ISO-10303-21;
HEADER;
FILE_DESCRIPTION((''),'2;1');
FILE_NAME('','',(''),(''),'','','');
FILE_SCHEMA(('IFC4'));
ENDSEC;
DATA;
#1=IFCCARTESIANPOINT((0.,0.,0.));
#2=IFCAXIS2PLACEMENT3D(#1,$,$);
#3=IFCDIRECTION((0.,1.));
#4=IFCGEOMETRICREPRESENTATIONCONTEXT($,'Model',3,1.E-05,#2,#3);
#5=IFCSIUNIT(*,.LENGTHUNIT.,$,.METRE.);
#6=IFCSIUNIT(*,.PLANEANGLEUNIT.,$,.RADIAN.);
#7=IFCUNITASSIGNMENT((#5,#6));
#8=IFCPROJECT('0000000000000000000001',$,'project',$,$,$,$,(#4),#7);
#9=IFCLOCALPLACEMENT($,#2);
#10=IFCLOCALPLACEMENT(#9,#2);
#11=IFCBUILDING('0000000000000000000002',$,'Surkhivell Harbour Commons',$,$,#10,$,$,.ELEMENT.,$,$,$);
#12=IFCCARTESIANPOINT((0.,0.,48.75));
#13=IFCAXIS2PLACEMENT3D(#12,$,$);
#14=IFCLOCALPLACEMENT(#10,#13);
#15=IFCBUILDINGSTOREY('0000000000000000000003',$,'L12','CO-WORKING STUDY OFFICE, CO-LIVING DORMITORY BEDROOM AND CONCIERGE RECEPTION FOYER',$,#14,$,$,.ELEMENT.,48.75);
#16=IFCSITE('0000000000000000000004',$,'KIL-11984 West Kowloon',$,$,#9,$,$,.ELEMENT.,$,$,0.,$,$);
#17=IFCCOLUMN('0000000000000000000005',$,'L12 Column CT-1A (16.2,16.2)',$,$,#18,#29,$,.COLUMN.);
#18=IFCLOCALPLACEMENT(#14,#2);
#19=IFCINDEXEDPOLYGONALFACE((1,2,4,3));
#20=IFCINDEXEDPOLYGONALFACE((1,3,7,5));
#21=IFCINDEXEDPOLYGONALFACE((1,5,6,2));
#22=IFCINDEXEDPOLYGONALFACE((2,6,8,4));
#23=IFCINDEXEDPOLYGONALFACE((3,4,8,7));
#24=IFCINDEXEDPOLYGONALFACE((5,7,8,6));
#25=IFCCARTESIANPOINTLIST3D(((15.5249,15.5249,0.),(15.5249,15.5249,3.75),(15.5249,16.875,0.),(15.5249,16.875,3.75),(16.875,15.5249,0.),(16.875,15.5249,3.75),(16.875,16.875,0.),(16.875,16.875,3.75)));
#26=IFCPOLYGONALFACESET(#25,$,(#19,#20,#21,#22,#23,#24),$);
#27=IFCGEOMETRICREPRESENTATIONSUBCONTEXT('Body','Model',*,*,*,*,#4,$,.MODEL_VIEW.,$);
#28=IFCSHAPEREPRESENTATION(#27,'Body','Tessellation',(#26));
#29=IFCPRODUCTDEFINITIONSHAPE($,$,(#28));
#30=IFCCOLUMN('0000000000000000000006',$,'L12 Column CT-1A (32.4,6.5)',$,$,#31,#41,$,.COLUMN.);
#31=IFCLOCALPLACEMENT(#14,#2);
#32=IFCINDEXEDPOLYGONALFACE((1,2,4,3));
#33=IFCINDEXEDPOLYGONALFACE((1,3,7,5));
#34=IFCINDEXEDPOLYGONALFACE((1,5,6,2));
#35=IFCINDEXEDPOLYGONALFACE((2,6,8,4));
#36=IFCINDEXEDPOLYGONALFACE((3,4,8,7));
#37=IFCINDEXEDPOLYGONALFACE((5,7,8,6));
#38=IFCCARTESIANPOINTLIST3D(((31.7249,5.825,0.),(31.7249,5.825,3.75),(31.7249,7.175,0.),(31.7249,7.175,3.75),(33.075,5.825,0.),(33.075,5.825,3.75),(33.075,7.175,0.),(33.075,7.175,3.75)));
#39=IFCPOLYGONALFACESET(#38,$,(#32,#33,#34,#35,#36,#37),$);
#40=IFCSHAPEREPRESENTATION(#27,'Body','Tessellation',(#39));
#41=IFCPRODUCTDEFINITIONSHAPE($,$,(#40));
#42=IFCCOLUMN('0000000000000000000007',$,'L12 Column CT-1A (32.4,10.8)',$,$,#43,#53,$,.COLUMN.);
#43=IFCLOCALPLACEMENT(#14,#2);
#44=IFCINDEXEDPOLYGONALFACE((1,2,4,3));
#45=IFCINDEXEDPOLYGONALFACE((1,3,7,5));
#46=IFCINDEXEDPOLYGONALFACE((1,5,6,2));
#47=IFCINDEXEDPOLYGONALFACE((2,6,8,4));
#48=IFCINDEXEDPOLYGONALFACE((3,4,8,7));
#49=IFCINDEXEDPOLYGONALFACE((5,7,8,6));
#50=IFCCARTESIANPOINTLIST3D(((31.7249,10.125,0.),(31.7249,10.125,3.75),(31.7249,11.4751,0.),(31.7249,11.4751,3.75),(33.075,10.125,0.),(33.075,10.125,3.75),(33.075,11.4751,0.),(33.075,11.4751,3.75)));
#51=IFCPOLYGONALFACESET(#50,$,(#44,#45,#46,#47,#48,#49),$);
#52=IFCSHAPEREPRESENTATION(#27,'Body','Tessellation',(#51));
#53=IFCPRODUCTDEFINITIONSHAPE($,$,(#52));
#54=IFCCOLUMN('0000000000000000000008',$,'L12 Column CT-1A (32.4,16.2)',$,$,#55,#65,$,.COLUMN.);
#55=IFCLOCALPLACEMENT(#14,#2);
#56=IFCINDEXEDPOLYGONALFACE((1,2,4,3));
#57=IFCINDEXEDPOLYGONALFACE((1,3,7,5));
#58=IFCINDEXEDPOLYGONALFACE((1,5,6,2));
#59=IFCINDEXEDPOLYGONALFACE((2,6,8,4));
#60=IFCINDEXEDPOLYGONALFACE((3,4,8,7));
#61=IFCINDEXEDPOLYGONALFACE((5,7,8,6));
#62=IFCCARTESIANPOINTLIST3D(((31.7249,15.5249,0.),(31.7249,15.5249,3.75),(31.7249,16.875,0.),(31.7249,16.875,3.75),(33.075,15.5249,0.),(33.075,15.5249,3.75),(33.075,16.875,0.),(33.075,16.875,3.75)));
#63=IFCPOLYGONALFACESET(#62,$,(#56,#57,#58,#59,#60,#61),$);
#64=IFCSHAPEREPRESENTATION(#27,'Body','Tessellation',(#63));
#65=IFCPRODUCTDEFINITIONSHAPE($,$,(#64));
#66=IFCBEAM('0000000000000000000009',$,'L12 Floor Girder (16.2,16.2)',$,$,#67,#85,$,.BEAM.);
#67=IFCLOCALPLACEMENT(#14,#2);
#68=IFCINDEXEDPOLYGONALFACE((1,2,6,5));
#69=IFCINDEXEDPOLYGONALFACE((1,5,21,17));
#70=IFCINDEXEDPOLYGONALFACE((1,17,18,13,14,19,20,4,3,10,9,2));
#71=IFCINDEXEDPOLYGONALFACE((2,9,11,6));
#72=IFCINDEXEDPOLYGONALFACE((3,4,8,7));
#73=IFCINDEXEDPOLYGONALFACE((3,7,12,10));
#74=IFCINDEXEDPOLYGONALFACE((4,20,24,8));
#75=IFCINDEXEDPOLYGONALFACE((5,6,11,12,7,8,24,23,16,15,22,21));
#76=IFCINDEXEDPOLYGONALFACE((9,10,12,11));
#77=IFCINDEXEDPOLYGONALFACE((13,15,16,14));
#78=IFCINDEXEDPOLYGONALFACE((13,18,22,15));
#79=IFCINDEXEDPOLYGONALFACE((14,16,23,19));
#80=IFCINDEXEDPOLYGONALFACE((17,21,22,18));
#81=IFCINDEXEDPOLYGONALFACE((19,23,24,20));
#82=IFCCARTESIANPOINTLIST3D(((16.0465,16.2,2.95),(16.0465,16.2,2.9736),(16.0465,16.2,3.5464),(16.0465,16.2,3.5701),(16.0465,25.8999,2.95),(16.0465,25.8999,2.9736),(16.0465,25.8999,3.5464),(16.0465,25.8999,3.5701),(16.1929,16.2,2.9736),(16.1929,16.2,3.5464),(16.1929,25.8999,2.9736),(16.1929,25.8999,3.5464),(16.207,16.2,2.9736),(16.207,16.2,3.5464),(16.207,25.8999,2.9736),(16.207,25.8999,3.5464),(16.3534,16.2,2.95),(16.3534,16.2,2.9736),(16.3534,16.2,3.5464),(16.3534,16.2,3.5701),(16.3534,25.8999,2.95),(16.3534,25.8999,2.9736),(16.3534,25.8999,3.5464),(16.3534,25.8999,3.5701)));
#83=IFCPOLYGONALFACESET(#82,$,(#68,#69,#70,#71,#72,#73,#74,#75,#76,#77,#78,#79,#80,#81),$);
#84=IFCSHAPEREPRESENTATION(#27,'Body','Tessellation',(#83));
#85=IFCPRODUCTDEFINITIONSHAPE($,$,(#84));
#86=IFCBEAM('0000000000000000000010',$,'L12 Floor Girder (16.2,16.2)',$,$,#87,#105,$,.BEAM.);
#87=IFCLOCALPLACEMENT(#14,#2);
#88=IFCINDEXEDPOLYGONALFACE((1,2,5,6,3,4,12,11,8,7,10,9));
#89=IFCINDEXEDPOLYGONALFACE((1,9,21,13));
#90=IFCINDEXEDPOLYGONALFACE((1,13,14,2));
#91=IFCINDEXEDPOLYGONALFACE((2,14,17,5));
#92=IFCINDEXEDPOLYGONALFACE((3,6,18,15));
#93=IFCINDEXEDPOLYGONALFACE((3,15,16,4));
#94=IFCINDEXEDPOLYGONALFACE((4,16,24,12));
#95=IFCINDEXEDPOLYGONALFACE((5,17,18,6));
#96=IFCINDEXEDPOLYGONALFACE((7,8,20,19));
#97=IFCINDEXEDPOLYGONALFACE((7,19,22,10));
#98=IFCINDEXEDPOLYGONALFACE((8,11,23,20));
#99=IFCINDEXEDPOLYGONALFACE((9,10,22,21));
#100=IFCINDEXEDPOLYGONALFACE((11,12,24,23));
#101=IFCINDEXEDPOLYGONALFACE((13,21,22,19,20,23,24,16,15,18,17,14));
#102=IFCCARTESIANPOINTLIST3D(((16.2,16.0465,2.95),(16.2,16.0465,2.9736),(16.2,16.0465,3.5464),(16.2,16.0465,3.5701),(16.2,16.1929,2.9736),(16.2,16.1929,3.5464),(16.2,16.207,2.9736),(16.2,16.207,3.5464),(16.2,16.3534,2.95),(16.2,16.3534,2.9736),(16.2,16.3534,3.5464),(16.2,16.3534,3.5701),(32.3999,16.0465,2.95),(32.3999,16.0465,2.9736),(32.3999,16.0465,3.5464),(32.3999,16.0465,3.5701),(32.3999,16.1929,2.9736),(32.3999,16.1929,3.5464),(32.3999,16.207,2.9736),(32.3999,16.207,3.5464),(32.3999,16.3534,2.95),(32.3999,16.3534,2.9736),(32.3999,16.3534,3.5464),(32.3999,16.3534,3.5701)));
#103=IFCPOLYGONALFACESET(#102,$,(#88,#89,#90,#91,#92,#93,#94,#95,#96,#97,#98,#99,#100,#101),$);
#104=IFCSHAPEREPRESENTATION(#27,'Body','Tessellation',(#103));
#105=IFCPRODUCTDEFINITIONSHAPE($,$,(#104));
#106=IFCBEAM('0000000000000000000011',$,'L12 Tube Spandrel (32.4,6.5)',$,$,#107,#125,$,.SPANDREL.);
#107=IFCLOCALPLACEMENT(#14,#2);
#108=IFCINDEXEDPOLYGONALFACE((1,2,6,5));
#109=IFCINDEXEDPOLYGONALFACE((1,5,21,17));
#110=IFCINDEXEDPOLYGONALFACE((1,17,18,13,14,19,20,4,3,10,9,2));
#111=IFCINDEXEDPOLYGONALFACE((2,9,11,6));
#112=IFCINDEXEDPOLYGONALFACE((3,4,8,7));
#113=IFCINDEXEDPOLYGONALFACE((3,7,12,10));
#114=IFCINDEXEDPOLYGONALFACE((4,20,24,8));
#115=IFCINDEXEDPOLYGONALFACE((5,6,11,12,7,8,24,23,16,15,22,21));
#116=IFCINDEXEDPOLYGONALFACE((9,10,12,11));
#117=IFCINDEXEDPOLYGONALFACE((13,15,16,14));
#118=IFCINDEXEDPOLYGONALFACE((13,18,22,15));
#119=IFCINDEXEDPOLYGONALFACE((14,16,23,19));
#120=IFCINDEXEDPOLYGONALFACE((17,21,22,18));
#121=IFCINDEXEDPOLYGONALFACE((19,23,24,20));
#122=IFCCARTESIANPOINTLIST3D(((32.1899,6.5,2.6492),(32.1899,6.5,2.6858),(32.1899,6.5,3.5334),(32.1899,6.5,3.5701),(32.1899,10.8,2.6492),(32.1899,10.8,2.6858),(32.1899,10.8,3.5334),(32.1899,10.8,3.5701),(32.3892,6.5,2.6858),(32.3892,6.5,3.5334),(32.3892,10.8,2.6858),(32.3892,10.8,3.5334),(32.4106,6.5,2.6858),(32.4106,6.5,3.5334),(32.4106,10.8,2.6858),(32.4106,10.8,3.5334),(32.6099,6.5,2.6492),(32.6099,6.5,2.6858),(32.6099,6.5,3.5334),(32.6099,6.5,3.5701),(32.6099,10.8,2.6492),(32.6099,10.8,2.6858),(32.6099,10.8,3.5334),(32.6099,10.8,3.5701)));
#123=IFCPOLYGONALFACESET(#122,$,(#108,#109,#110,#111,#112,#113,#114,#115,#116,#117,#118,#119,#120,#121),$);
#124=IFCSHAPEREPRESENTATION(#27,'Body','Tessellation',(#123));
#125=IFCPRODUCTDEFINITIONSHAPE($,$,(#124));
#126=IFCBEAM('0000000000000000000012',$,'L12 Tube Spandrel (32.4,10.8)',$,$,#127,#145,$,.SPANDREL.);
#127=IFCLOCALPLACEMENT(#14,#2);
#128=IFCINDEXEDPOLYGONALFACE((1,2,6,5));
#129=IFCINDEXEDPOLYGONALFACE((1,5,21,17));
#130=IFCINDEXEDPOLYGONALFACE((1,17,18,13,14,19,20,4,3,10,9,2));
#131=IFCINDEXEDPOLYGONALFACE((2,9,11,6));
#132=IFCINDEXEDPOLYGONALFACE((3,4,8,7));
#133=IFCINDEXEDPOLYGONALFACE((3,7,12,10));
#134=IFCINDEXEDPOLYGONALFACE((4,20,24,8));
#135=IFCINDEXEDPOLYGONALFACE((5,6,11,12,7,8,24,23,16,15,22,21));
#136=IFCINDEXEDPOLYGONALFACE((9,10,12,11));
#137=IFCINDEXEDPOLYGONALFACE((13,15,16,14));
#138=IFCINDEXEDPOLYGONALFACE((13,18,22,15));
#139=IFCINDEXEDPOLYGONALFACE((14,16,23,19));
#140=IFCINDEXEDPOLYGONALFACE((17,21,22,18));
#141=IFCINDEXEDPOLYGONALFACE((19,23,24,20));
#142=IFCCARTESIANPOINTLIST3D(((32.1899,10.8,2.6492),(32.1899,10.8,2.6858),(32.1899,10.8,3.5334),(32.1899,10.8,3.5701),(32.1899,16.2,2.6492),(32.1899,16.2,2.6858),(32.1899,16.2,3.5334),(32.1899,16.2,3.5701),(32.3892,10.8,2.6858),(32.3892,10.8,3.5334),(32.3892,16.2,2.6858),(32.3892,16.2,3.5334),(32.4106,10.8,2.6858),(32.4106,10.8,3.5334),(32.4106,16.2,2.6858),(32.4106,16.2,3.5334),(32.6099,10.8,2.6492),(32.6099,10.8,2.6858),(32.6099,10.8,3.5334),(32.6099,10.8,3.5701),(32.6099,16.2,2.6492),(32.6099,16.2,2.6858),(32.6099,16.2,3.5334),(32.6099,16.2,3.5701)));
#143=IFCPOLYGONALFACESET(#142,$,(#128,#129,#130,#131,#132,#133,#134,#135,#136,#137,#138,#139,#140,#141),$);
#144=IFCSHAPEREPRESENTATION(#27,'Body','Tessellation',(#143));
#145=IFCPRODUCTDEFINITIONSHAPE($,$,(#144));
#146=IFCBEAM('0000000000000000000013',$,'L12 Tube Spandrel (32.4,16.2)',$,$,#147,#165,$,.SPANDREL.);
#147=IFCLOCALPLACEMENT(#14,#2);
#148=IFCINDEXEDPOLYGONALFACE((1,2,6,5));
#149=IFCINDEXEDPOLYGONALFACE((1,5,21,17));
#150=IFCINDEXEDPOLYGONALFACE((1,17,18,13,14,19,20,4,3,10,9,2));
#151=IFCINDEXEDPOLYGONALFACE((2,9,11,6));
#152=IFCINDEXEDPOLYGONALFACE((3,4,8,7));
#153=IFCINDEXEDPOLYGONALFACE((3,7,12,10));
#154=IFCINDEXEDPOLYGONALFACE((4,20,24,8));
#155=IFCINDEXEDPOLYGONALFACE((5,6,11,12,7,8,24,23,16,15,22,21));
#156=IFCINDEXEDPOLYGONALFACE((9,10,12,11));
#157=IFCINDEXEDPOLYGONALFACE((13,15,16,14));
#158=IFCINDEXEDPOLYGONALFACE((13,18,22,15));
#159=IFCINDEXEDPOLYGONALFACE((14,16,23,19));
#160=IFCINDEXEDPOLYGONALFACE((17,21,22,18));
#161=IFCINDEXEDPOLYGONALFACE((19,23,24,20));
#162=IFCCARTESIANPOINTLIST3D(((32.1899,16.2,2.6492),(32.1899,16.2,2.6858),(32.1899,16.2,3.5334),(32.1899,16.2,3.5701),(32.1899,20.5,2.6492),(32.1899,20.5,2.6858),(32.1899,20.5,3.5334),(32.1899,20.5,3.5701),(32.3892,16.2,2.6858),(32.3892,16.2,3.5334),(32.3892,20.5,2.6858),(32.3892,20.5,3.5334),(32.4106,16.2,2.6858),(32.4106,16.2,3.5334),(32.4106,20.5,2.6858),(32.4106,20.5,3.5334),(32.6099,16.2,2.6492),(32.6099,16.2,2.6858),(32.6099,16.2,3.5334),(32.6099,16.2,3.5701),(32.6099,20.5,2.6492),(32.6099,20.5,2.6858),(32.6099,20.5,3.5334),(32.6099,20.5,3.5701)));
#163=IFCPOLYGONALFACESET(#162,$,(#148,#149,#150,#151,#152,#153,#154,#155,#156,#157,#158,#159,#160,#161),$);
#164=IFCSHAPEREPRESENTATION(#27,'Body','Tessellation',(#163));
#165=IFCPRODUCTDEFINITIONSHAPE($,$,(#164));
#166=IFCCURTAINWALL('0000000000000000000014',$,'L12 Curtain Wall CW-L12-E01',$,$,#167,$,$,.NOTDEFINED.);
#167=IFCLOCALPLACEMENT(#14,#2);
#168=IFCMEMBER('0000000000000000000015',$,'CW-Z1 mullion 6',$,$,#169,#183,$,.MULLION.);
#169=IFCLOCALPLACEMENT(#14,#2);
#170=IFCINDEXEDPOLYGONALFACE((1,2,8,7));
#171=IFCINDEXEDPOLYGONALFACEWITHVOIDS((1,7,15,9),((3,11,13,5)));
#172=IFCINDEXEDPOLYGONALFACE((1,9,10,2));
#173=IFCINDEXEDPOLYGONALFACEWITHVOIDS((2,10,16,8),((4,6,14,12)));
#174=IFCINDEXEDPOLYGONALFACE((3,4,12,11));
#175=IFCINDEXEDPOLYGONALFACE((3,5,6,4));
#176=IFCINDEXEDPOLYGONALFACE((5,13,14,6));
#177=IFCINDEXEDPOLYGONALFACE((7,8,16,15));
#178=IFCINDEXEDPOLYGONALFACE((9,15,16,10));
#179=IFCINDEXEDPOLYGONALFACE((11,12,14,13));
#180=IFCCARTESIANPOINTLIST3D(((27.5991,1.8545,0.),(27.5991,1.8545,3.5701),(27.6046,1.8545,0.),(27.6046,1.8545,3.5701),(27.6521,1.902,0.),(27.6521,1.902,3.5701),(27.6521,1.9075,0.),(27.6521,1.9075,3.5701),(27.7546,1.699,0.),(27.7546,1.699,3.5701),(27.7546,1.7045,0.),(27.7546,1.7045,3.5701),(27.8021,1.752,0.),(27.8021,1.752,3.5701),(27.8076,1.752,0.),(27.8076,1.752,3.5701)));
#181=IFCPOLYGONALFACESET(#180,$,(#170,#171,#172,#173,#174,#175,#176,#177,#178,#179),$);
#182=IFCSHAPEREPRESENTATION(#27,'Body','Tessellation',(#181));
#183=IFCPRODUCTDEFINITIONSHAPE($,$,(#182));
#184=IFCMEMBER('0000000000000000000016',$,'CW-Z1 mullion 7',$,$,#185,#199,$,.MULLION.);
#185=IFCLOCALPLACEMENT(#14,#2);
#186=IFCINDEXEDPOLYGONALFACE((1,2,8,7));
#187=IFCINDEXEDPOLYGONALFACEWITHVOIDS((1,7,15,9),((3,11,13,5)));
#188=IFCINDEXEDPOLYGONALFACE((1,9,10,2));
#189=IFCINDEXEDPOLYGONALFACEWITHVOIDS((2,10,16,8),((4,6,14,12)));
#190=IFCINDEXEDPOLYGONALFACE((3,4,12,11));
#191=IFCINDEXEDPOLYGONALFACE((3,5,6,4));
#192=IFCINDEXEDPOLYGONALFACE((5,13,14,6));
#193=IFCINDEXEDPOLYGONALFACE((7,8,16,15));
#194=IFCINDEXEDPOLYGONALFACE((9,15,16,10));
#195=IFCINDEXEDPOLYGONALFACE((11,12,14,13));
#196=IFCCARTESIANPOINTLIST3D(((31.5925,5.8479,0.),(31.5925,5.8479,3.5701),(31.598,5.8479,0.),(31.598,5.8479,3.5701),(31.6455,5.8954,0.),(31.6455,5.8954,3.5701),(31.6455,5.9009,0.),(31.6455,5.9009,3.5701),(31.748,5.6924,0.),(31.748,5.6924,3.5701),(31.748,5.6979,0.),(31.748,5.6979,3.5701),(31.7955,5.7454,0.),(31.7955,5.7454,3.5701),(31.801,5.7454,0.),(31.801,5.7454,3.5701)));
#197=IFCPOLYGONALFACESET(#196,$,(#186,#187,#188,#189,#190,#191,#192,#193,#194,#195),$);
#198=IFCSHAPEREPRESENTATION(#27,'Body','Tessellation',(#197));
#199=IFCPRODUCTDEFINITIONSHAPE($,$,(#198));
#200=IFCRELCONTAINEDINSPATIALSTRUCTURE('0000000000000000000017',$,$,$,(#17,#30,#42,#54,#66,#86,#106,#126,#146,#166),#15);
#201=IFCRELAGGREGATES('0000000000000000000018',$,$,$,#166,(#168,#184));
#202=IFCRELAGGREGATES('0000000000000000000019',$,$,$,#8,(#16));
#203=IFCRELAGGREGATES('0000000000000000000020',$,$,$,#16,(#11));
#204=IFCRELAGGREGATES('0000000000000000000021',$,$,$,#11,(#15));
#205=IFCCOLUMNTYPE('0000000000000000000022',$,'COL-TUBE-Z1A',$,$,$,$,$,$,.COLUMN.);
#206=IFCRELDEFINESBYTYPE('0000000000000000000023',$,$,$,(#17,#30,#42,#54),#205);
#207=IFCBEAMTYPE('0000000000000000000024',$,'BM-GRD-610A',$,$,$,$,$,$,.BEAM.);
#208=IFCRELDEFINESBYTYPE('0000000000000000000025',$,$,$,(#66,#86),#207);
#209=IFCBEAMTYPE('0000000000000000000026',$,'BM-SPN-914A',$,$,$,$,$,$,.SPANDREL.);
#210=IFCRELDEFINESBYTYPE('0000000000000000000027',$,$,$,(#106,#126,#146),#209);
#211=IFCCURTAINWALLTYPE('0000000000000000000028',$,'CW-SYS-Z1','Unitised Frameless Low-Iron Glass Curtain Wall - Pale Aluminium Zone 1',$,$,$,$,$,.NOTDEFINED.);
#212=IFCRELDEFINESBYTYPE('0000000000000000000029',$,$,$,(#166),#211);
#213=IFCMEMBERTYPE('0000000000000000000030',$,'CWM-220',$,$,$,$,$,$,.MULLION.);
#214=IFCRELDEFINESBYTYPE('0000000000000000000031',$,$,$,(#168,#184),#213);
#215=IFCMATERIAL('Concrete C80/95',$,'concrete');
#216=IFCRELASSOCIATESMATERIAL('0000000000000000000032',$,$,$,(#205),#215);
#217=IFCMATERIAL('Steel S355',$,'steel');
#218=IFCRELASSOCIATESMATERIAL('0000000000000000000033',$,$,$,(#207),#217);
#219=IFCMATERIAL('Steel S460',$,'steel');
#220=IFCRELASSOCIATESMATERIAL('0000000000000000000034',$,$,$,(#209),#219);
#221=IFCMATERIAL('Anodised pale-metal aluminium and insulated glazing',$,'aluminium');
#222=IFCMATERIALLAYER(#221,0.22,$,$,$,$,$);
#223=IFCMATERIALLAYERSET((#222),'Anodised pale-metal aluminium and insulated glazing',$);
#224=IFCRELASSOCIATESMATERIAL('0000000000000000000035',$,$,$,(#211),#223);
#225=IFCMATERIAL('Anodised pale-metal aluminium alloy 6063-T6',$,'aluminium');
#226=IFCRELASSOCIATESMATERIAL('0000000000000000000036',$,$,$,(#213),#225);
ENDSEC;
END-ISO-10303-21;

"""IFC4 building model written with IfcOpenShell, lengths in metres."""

from ifc_helpers import new_model, si_unit, direction, frame, origin, origin_2d, place, context, subcontext, project, spatial, rectangle, hollow_rectangle, i_section, extrude, material, layer, layer_set, material_profile, profile_set, type_object, element, aggregate, save


model = new_model("IFC4")

# Units and contexts
model_context = context("Model", 3, precision=1e-05, world=origin(), true_north=direction((0.0, 1.0)))
body_context = subcontext(model_context, "Body", "Model", "MODEL_VIEW")
ifc_project = project(units=[si_unit("LENGTHUNIT", "METRE"), si_unit("PLANEANGLEUNIT", "RADIAN")], contexts=[model_context])

# Site, building, storey
site_placement = place(None, origin())
site = spatial("IfcSite", under=ifc_project, at=site_placement, Name="KIL-11984 West Kowloon", CompositionType="ELEMENT", RefElevation=0.0)
building_placement = place(site_placement, origin())
building = spatial("IfcBuilding", under=site, at=building_placement, Name="Surkhivell Harbour Commons", CompositionType="ELEMENT")
storey_placement = place(building_placement, frame((0.0, 0.0, 48.75)))
storey = spatial("IfcBuildingStorey", under=building, at=storey_placement, Name="L12", Description="CO-WORKING STUDY OFFICE, CO-LIVING DORMITORY BEDROOM AND CONCIERGE RECEPTION FOYER", CompositionType="ELEMENT", Elevation=48.75)

# Columns
ifc_material_1 = material(Name="Concrete C80/95", Category="concrete")
ifc_material_profile_1 = material_profile(ifc_material_1, rectangle(XDim=1.3501, YDim=1.3501, at=origin_2d()), Name="RC-COL-1350x1350")
ifc_profile_set_1 = profile_set([ifc_material_profile_1], Name="Concrete C80/95")
column_type = type_object("IfcColumnType", Name="COL-TUBE-Z1A", PredefinedType="COLUMN", material=ifc_profile_set_1)
for number, where, z_axis, x_axis, name in (
    (1, (16.2, 16.2, 0.0), (0.0, 0.0, 1.0), (1.0, 0.0, 0.0), "L12 Column CT-1A (16.2,16.2)"),
    (2, (32.3999, 6.5, 0.0), (0.0, 0.0, 1.0), (1.0, 0.0, 0.0), "L12 Column CT-1A (32.4,6.5)"),
    (3, (32.3999, 10.8, 0.0), (0.0, 0.0, 1.0), (1.0, 0.0, 0.0), "L12 Column CT-1A (32.4,10.8)"),
    (4, (32.3999, 16.2, 0.0), (0.0, 0.0, 1.0), (1.0, 0.0, 0.0), "L12 Column CT-1A (32.4,16.2)"),
):
    element("IfcColumn", number, at=place(storey_placement, frame(where, z_axis=z_axis, x_axis=x_axis)), inside=storey, type_object=column_type, Name=name, PredefinedType="COLUMN", context=body_context, shape_type="SweptSolid", body=[
        extrude(rectangle(XDim=1.3501, YDim=1.3501, at=origin_2d()), origin(), (0.0, 0.0, 1.0), 3.75),
    ])

# Beams
ifc_material_2 = material(Name="Steel S355", Category="steel")
ifc_material_profile_2 = material_profile(ifc_material_2, i_section(OverallWidth=0.3069, OverallDepth=0.6201, WebThickness=0.0142, FlangeThickness=0.0237, at=origin_2d()), Name="UB610x305x179")
ifc_profile_set_2 = profile_set([ifc_material_profile_2], Name="Steel S355")
beam_type_1 = type_object("IfcBeamType", Name="BM-GRD-610A", PredefinedType="BEAM", material=ifc_profile_set_2)
beam_1_placement = place(storey_placement, frame((16.2, 16.2, 3.26), z_axis=(0.0, 1.0, 0.0), x_axis=(-1.0, 0.0, 0.0)))
element("IfcBeam", 5, at=beam_1_placement, inside=storey, type_object=beam_type_1, Name="L12 Floor Girder (16.2,16.2)", PredefinedType="BEAM", context=body_context, shape_type="SweptSolid", body=[
    extrude(i_section(OverallWidth=0.3069, OverallDepth=0.6201, WebThickness=0.0142, FlangeThickness=0.0237, at=origin_2d()), origin(), (0.0, 0.0, 1.0), 9.7),
])
beam_2_placement = place(storey_placement, frame((16.2, 16.2, 3.26), z_axis=(1.0, 0.0, 0.0), x_axis=(0.0, 1.0, 0.0)))
element("IfcBeam", 6, at=beam_2_placement, inside=storey, type_object=beam_type_1, Name="L12 Floor Girder (16.2,16.2)", PredefinedType="BEAM", context=body_context, shape_type="SweptSolid", body=[
    extrude(i_section(OverallWidth=0.3069, OverallDepth=0.6201, WebThickness=0.0142, FlangeThickness=0.0237, at=origin_2d()), origin(), (0.0, 0.0, 1.0), 16.2),
])
ifc_material_3 = material(Name="Steel S460", Category="steel")
ifc_material_profile_3 = material_profile(ifc_material_3, i_section(OverallWidth=0.4199, OverallDepth=0.9209, WebThickness=0.0215, FlangeThickness=0.0366, at=origin_2d()), Name="UB914x419x388")
ifc_profile_set_3 = profile_set([ifc_material_profile_3], Name="Steel S460")
beam_type_2 = type_object("IfcBeamType", Name="BM-SPN-914A", PredefinedType="SPANDREL", material=ifc_profile_set_3)
beam_3_placement = place(storey_placement, frame((32.3999, 6.5, 3.1096), z_axis=(0.0, 1.0, 0.0), x_axis=(-1.0, 0.0, 0.0)))
element("IfcBeam", 7, at=beam_3_placement, inside=storey, type_object=beam_type_2, Name="L12 Tube Spandrel (32.4,6.5)", PredefinedType="SPANDREL", context=body_context, shape_type="SweptSolid", body=[
    extrude(i_section(OverallWidth=0.4199, OverallDepth=0.9209, WebThickness=0.0215, FlangeThickness=0.0366, at=origin_2d()), origin(), (0.0, 0.0, 1.0), 4.3),
])
beam_4_placement = place(storey_placement, frame((32.3999, 10.8, 3.1096), z_axis=(0.0, 1.0, 0.0), x_axis=(-1.0, 0.0, 0.0)))
element("IfcBeam", 8, at=beam_4_placement, inside=storey, type_object=beam_type_2, Name="L12 Tube Spandrel (32.4,10.8)", PredefinedType="SPANDREL", context=body_context, shape_type="SweptSolid", body=[
    extrude(i_section(OverallWidth=0.4199, OverallDepth=0.9209, WebThickness=0.0215, FlangeThickness=0.0366, at=origin_2d()), origin(), (0.0, 0.0, 1.0), 5.3999),
])
beam_5_placement = place(storey_placement, frame((32.3999, 16.2, 3.1096), z_axis=(0.0, 1.0, 0.0), x_axis=(-1.0, 0.0, 0.0)))
element("IfcBeam", 9, at=beam_5_placement, inside=storey, type_object=beam_type_2, Name="L12 Tube Spandrel (32.4,16.2)", PredefinedType="SPANDREL", context=body_context, shape_type="SweptSolid", body=[
    extrude(i_section(OverallWidth=0.4199, OverallDepth=0.9209, WebThickness=0.0215, FlangeThickness=0.0366, at=origin_2d()), origin(), (0.0, 0.0, 1.0), 4.3),
])

# Curtain wall, members
ifc_material_4 = material(Name="Anodised pale-metal aluminium and insulated glazing", Category="aluminium")
ifc_layer_1 = layer(ifc_material_4, 0.22)
ifc_layer_set_1 = layer_set([ifc_layer_1], Name="Anodised pale-metal aluminium and insulated glazing")
curtain_wall_type = type_object("IfcCurtainWallType", Name="CW-SYS-Z1", Description="Unitised Frameless Low-Iron Glass Curtain Wall - Pale Aluminium Zone 1", PredefinedType="NOTDEFINED", material=ifc_layer_set_1)
curtain_wall_1_placement = place(storey_placement, origin())
curtain_wall_1 = element("IfcCurtainWall", 10, at=curtain_wall_1_placement, inside=storey, type_object=curtain_wall_type, Name="L12 Curtain Wall CW-L12-E01", PredefinedType="NOTDEFINED")
ifc_material_5 = material(Name="Anodised pale-metal aluminium alloy 6063-T6", Category="aluminium")
ifc_material_profile_4 = material_profile(ifc_material_5, hollow_rectangle(XDim=0.075, YDim=0.22, WallThickness=0.0039, at=origin_2d()), Name="ALU-MULL-75x220")
ifc_profile_set_4 = profile_set([ifc_material_profile_4], Name="Anodised pale-metal aluminium alloy 6063-T6")
member_type_1 = type_object("IfcMemberType", Name="CWM-220", PredefinedType="MULLION", material=ifc_profile_set_4)
member_1_placement = place(storey_placement, frame((27.7034, 1.8032, 0.0), z_axis=(0.0, 0.0, 1.0), x_axis=(0.707107, 0.707107, 0.0)))
member_1 = element("IfcMember", 11, at=member_1_placement, type_object=member_type_1, Name="CW-Z1 mullion 6", PredefinedType="MULLION", context=body_context, shape_type="SweptSolid", body=[
    extrude(hollow_rectangle(XDim=0.075, YDim=0.22, WallThickness=0.0039, at=origin_2d()), origin(), (0.0, 0.0, 1.0), 3.5701),
])
member_2_placement = place(storey_placement, frame((31.6968, 5.7966, 0.0), z_axis=(0.0, 0.0, 1.0), x_axis=(0.707107, 0.707107, 0.0)))
member_2 = element("IfcMember", 12, at=member_2_placement, type_object=member_type_1, Name="CW-Z1 mullion 7", PredefinedType="MULLION", context=body_context, shape_type="SweptSolid", body=[
    extrude(hollow_rectangle(XDim=0.075, YDim=0.22, WallThickness=0.0039, at=origin_2d()), origin(), (0.0, 0.0, 1.0), 3.5701),
])

aggregate(curtain_wall_1, [member_1, member_2])

save(model, "model.ifc")
